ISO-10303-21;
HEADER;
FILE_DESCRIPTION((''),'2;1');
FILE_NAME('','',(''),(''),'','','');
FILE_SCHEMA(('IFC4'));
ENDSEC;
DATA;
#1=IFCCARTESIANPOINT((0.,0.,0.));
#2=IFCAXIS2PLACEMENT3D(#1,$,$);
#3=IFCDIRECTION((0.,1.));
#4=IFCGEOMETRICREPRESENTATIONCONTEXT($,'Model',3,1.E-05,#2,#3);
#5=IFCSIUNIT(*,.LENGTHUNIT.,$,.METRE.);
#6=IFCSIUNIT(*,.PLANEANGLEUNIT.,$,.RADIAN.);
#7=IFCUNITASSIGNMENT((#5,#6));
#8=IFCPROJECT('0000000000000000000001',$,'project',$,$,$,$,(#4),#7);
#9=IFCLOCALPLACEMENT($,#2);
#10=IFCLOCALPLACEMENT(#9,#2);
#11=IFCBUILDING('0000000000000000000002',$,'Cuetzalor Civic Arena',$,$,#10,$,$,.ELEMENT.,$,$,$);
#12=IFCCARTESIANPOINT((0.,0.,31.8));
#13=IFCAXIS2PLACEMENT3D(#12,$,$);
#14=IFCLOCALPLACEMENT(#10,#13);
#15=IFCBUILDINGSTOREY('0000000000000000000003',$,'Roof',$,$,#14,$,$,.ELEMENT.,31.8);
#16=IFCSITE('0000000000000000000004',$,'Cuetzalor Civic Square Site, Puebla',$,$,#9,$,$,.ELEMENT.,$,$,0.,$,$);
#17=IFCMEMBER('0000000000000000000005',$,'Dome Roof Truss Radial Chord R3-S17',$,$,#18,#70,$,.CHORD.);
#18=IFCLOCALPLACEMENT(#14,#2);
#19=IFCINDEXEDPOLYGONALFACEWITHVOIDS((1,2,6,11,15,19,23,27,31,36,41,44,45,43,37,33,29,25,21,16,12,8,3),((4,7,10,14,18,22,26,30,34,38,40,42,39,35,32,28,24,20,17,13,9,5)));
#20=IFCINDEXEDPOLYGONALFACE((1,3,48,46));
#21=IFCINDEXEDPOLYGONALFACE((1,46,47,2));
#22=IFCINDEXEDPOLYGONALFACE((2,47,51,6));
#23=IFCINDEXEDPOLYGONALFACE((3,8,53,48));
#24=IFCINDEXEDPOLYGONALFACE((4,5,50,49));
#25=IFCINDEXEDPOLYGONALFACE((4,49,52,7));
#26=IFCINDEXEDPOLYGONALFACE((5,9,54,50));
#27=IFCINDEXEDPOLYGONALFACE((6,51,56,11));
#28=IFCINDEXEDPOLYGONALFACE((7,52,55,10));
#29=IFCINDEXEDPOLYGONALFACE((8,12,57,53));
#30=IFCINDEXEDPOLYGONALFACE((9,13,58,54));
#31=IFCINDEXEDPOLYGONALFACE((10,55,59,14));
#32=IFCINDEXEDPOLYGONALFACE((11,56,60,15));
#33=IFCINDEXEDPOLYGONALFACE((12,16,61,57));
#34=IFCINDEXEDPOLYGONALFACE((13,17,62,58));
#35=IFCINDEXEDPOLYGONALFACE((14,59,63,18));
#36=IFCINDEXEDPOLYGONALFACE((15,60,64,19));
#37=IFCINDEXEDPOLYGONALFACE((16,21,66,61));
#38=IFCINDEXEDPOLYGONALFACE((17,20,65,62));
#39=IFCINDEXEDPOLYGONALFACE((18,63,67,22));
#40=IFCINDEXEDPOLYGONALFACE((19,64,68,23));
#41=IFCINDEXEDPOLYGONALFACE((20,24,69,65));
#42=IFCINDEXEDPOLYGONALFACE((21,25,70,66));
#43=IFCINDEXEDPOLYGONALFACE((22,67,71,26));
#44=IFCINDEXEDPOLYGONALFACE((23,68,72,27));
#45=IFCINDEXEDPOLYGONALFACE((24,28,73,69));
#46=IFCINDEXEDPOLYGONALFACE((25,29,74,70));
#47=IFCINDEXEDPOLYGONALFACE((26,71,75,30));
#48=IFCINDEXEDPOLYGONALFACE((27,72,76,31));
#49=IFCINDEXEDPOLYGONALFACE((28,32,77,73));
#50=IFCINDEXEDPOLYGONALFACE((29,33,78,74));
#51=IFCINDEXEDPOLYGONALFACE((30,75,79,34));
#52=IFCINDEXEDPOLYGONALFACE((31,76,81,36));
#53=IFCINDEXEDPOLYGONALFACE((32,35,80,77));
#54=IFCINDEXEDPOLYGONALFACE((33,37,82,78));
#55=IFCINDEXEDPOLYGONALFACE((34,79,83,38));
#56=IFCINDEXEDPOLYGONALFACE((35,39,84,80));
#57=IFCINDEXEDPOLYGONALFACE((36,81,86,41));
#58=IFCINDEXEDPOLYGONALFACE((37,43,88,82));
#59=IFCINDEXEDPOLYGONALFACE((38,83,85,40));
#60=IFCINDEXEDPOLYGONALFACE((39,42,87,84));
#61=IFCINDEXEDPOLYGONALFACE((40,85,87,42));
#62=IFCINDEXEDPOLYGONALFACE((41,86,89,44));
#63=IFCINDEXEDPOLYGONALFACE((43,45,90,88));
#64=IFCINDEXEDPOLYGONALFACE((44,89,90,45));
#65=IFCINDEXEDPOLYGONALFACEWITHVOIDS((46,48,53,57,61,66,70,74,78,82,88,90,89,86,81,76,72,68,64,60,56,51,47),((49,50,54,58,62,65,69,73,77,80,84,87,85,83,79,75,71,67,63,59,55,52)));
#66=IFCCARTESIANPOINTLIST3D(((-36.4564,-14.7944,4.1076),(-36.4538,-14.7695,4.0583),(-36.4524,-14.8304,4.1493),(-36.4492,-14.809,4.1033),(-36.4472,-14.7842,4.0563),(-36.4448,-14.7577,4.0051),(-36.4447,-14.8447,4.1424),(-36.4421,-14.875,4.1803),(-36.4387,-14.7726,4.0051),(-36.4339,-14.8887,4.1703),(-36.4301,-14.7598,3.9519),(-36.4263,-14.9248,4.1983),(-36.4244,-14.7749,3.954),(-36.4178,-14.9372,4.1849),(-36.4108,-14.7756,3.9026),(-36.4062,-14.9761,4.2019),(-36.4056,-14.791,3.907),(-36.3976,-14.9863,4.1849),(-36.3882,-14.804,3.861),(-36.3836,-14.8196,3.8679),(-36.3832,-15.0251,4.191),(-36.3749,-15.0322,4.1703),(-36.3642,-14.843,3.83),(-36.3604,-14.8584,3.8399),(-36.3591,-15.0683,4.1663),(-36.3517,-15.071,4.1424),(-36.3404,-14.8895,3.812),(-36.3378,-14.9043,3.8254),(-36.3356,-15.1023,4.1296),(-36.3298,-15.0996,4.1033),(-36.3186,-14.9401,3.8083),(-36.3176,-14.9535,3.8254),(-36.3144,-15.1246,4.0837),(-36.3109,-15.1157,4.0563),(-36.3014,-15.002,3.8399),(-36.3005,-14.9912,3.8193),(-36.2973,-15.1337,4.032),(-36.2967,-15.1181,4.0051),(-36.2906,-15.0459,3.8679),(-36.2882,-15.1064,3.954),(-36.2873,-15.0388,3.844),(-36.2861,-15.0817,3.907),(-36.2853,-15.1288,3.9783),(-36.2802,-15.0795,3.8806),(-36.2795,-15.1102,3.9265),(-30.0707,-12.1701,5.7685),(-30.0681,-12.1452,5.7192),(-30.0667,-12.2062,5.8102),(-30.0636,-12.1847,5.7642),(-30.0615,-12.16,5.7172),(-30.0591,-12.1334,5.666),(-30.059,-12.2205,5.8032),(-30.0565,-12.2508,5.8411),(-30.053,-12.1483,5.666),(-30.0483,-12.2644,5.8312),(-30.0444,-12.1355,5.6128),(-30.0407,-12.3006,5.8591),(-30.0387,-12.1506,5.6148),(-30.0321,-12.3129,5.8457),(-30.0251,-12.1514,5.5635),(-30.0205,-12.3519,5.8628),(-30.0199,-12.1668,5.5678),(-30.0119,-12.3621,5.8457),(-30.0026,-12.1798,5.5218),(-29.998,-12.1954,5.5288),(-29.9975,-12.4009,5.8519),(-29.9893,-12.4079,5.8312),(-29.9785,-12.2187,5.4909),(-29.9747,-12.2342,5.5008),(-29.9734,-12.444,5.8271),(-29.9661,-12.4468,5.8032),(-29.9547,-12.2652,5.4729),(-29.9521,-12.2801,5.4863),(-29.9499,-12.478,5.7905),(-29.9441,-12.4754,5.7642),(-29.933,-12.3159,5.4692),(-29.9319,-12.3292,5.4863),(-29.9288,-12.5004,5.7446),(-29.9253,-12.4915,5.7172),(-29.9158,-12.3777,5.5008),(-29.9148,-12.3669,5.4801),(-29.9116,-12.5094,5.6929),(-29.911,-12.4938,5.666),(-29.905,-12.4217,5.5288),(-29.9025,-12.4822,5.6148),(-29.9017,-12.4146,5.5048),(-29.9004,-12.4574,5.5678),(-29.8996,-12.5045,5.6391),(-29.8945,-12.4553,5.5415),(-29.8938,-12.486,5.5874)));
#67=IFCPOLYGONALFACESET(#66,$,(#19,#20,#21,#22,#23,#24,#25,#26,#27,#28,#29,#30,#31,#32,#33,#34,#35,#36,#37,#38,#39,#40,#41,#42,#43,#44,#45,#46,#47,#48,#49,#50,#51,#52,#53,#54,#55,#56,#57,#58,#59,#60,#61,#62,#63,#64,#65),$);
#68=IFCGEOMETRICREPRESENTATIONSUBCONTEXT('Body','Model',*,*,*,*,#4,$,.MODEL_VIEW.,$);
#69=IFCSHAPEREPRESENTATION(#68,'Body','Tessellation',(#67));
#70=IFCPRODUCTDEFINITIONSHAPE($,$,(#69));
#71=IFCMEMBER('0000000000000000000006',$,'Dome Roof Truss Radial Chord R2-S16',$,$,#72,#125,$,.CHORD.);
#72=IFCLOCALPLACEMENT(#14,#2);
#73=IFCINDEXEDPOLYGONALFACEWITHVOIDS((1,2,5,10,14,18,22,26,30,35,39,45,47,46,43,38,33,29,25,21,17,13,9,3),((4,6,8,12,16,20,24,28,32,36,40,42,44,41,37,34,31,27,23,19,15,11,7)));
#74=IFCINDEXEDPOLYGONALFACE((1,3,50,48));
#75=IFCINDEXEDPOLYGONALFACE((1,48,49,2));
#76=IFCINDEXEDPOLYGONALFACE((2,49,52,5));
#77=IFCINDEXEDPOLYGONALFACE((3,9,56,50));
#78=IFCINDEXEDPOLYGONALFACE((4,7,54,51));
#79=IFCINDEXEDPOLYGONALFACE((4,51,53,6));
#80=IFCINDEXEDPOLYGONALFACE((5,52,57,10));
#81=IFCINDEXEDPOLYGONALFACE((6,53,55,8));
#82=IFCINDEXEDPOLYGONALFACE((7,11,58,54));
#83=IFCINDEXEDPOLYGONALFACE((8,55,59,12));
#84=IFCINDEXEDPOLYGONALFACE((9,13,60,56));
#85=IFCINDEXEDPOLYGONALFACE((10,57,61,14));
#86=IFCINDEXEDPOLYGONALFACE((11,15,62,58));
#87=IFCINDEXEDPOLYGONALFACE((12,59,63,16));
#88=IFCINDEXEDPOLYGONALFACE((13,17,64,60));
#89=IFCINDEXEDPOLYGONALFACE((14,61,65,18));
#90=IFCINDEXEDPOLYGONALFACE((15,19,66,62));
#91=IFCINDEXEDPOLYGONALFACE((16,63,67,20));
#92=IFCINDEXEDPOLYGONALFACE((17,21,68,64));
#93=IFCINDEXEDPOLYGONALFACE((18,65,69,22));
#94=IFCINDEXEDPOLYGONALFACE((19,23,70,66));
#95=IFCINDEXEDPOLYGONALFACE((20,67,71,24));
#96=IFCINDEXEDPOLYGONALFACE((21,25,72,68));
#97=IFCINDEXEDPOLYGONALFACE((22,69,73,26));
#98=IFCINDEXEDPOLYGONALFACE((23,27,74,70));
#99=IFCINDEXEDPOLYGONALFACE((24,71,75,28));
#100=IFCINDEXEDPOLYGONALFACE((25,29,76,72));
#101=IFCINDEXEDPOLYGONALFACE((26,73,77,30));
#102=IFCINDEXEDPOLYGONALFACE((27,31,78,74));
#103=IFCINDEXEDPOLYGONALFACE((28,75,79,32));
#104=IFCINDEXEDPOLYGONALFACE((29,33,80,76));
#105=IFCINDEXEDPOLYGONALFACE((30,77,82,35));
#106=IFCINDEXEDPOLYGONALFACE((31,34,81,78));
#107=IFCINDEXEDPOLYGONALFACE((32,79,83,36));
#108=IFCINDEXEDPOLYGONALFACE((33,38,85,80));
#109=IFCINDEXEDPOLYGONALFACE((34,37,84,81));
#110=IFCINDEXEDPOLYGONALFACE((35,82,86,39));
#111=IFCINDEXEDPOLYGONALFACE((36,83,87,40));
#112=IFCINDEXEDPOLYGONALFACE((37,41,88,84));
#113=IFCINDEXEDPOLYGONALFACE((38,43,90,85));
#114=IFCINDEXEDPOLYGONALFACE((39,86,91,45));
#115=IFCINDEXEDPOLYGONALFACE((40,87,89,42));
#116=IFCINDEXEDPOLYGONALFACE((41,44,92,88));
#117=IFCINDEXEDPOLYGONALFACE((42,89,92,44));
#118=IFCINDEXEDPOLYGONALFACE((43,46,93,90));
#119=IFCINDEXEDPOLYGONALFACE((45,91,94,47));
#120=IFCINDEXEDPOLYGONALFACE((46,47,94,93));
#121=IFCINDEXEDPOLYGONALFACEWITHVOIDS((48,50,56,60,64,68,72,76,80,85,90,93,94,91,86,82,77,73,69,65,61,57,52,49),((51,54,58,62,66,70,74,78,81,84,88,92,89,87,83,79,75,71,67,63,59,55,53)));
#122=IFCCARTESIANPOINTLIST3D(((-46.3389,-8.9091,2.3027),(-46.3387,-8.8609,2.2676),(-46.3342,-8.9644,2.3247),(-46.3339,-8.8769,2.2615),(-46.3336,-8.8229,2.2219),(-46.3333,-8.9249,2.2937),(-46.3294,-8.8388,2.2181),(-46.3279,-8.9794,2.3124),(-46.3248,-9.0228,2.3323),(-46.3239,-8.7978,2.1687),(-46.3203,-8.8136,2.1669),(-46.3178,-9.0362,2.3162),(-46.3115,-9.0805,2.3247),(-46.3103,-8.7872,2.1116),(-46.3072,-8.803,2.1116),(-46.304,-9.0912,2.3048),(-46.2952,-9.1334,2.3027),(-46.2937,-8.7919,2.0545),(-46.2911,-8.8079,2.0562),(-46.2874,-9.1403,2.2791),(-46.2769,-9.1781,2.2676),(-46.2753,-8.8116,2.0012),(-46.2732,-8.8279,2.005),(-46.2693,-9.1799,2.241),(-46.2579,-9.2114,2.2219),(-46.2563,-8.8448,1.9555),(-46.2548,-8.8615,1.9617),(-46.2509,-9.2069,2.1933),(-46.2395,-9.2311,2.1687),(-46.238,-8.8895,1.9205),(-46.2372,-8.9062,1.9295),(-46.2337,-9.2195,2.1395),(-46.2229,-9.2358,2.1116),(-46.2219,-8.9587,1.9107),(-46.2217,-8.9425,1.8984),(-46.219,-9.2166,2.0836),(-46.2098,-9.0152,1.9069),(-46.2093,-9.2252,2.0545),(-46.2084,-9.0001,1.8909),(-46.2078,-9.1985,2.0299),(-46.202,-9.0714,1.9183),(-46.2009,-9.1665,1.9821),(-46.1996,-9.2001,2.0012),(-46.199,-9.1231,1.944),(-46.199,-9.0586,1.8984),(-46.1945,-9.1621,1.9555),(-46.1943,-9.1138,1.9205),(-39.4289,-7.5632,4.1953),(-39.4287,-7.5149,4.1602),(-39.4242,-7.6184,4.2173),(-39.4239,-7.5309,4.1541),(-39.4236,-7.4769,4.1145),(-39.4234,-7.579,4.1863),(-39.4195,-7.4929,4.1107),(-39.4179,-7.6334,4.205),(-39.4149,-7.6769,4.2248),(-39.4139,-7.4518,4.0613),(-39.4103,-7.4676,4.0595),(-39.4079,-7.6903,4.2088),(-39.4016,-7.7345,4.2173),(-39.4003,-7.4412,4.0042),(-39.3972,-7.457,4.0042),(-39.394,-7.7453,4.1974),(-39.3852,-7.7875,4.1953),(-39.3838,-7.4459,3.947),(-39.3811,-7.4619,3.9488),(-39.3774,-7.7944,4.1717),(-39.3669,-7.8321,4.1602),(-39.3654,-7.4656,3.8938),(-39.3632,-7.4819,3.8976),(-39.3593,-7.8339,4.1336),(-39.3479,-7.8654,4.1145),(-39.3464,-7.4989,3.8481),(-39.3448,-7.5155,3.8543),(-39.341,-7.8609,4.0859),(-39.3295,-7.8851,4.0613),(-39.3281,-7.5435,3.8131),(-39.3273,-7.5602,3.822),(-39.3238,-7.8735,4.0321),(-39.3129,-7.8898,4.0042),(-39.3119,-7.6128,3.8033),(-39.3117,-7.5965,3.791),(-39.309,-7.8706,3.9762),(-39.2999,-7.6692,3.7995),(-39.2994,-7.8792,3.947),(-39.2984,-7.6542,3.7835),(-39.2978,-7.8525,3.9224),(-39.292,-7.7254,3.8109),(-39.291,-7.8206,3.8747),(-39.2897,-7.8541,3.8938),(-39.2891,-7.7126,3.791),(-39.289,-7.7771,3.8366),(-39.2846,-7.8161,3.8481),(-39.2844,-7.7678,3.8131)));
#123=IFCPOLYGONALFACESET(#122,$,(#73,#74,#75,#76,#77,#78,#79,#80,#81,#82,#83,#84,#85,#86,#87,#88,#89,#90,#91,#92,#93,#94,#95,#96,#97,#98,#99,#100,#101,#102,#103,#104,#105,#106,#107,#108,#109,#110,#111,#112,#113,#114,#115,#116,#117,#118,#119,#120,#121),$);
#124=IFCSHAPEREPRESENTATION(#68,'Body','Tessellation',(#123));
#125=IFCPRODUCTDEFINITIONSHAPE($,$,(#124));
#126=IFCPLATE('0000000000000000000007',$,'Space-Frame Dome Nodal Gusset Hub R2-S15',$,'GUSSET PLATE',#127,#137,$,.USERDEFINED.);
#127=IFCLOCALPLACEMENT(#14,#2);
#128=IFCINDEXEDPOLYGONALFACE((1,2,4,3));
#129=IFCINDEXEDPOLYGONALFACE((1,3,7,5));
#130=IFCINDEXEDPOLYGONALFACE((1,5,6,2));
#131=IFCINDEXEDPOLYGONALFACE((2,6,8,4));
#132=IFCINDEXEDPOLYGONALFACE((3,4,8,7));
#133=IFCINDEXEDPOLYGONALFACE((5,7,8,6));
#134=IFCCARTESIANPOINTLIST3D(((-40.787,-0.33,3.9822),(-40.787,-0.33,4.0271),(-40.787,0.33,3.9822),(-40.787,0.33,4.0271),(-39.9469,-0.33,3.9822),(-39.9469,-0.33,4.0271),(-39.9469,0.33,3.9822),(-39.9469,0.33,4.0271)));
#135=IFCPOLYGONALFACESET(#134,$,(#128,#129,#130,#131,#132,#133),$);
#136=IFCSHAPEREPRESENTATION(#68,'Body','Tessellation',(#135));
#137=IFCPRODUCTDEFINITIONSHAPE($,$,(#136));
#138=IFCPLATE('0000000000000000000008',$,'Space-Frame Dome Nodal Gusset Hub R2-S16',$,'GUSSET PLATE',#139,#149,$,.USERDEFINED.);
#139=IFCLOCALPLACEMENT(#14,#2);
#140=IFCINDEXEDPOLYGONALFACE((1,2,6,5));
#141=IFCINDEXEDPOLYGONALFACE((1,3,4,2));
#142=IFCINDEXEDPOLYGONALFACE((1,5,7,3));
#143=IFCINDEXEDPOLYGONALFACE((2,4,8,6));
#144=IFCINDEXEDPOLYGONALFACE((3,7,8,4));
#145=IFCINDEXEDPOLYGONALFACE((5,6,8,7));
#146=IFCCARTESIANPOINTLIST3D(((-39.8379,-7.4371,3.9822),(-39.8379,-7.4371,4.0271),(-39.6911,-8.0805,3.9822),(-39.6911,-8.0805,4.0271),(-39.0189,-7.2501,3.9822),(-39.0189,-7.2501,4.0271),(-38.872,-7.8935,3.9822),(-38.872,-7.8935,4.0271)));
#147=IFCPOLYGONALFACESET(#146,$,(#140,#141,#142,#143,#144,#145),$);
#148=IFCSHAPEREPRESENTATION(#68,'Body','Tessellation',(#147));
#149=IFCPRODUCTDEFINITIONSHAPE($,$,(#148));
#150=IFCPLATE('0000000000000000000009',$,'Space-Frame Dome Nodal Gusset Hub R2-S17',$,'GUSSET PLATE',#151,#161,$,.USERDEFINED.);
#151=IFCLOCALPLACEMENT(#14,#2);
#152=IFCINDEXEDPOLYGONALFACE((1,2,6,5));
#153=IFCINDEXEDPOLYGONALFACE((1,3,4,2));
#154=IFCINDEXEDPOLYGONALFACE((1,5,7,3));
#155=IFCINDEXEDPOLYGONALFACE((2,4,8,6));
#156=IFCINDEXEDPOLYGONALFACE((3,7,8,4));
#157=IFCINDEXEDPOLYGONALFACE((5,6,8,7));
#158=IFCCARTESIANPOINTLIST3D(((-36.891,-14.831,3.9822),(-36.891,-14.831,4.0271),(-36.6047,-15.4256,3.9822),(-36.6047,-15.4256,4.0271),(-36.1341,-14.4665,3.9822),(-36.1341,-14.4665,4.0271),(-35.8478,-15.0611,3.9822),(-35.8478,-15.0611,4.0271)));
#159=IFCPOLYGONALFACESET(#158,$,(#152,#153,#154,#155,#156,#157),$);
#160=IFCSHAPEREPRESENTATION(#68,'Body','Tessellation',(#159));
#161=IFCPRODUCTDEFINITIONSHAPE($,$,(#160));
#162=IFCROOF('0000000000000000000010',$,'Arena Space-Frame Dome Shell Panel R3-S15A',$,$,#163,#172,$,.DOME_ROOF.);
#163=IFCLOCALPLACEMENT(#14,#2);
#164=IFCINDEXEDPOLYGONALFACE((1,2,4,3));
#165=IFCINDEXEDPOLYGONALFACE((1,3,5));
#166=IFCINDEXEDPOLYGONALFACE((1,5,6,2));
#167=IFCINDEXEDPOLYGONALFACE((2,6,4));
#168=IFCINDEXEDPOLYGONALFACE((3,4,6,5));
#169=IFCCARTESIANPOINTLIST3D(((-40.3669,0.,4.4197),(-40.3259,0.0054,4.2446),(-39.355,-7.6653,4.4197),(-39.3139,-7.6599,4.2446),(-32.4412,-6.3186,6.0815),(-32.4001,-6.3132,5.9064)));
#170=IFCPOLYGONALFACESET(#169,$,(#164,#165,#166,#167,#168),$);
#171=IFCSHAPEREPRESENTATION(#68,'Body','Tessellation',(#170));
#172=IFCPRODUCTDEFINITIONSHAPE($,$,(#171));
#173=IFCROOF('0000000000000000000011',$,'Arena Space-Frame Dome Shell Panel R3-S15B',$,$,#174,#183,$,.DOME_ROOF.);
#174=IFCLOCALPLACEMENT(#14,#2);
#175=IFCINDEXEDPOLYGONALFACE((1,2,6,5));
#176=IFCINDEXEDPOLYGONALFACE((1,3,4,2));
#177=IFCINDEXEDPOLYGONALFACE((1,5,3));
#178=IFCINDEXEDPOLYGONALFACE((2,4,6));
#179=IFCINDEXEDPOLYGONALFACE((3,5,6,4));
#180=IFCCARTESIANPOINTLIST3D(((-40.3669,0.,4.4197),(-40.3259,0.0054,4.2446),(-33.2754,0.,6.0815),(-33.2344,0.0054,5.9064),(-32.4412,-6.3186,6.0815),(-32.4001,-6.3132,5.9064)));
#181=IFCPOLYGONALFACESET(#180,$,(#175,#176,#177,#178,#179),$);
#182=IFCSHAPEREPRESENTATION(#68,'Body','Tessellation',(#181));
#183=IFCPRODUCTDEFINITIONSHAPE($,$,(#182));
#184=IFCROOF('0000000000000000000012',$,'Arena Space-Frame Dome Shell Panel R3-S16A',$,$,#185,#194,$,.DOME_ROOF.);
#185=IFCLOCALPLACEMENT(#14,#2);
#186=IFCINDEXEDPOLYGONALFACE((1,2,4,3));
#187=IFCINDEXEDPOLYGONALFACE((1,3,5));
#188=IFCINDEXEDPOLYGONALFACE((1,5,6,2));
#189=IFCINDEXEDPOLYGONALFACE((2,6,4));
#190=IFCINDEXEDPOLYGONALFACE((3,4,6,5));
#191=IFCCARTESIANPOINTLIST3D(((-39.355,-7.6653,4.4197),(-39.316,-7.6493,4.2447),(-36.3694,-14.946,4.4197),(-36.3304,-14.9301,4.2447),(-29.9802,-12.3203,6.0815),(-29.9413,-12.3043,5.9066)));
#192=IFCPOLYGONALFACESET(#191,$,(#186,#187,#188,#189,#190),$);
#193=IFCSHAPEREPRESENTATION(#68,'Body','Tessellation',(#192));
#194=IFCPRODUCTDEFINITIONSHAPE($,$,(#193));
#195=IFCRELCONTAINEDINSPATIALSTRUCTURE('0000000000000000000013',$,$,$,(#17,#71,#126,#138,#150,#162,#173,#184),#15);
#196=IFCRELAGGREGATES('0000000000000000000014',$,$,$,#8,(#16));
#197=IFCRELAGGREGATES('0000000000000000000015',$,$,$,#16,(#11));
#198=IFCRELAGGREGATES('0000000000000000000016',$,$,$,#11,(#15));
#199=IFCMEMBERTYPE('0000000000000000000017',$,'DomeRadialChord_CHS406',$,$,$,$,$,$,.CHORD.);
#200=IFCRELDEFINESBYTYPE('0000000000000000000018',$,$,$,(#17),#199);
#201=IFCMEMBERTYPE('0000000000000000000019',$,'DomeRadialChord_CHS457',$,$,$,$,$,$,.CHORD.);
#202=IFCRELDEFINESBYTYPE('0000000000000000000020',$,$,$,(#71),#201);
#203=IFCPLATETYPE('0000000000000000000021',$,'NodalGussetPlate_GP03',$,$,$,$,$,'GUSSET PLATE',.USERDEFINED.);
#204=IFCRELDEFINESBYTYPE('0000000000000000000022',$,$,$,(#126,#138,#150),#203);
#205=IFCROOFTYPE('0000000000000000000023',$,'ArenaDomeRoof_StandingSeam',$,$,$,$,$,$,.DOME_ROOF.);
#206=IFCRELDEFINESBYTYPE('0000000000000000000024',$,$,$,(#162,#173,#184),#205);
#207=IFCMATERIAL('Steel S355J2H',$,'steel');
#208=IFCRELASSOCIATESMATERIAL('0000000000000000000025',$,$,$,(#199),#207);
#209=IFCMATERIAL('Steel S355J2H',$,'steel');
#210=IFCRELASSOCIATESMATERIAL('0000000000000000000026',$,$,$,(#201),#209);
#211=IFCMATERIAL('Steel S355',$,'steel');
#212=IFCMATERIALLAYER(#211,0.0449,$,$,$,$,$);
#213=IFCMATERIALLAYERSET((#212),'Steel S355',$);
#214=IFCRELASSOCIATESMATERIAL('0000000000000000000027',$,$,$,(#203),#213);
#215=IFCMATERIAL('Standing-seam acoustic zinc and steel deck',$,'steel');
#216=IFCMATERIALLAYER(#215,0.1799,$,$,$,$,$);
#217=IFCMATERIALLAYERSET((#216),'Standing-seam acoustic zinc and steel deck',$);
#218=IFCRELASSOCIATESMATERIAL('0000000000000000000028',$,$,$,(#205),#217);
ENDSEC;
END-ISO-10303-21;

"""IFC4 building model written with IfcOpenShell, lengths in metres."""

from ifc_helpers import new_model, si_unit, direction, frame, origin, origin_2d, place, context, subcontext, project, spatial, polyline, rectangle, hollow_circle, outline, extrude, material, layer, layer_set, material_profile, profile_set, type_object, element, save


model = new_model("IFC4")

# Units and contexts
model_context = context("Model", 3, precision=1e-05, world=origin(), true_north=direction((0.0, 1.0)))
body_context = subcontext(model_context, "Body", "Model", "MODEL_VIEW")
ifc_project = project(units=[si_unit("LENGTHUNIT", "METRE"), si_unit("PLANEANGLEUNIT", "RADIAN")], contexts=[model_context])

# Site, building, storey
site_placement = place(None, origin())
site = spatial("IfcSite", under=ifc_project, at=site_placement, Name="Cuetzalor Civic Square Site, Puebla", CompositionType="ELEMENT", RefElevation=0.0)
building_placement = place(site_placement, origin())
building = spatial("IfcBuilding", under=site, at=building_placement, Name="Cuetzalor Civic Arena", CompositionType="ELEMENT")
storey_placement = place(building_placement, frame((0.0, 0.0, 31.8)))
storey = spatial("IfcBuildingStorey", under=building, at=storey_placement, Name="Roof", CompositionType="ELEMENT", Elevation=31.8)

# Members
ifc_material_1 = material(Name="Steel S355J2H", Category="steel")
ifc_material_profile_1 = material_profile(ifc_material_1, hollow_circle(Radius=0.2029, WallThickness=0.0161, at=origin_2d()), Name="CHS 406x16")
ifc_profile_set_1 = profile_set([ifc_material_profile_1], Name="Steel S355J2H")
member_type_1 = type_object("IfcMemberType", Name="DomeRadialChord_CHS406", PredefinedType="CHORD", material=ifc_profile_set_1)
member_1_placement = place(storey_placement, frame((-36.3677, -14.9453, 4.0051), z_axis=(0.899284, 0.369567, 0.233898), x_axis=(-0.380111, 0.924941, 0.0)))
element("IfcMember", 1, at=member_1_placement, inside=storey, type_object=member_type_1, Name="Dome Roof Truss Radial Chord R3-S17", PredefinedType="CHORD", context=body_context, shape_type="SweptSolid", body=[
    extrude(hollow_circle(Radius=0.2029, WallThickness=0.0161, at=origin_2d()), origin(), (0.0, 0.0, 1.0), 7.1008),
])
ifc_material_2 = material(Name="Steel S355J2H", Category="steel")
ifc_material_profile_2 = material_profile(ifc_material_2, hollow_circle(Radius=0.2285, WallThickness=0.0161, at=origin_2d()), Name="CHS 457x16")
ifc_profile_set_2 = profile_set([ifc_material_profile_2], Name="Steel S355J2H")
member_type_2 = type_object("IfcMemberType", Name="DomeRadialChord_CHS457", PredefinedType="CHORD", material=ifc_profile_set_2)
member_2_placement = place(storey_placement, frame((-46.2666, -9.0115, 2.1116), z_axis=(0.947896, 0.184636, 0.259622), x_axis=(-0.191192, 0.981553, 0.0)))
element("IfcMember", 2, at=member_2_placement, inside=storey, type_object=member_type_2, Name="Dome Roof Truss Radial Chord R2-S16", PredefinedType="CHORD", context=body_context, shape_type="SweptSolid", body=[
    extrude(hollow_circle(Radius=0.2285, WallThickness=0.0161, at=origin_2d()), origin(), (0.0, 0.0, 1.0), 7.2898),
])

# Plates
ifc_material_3 = material(Name="Steel S355", Category="steel")
ifc_layer_1 = layer(ifc_material_3, 0.0449)
ifc_layer_set_1 = layer_set([ifc_layer_1], Name="Steel S355")
plate_type = type_object("IfcPlateType", Name="NodalGussetPlate_GP03", ElementType="GUSSET PLATE", PredefinedType="USERDEFINED", material=ifc_layer_set_1)
for number, where, z_axis, x_axis, name in (
    (3, (-40.3669, 0.0, 3.9822), (0.0, 0.0, 1.0), (-1.0, 0.0, 0.0), "Space-Frame Dome Nodal Gusset Hub R2-S15"),
    (4, (-39.355, -7.6653, 3.9822), (0.0, 0.0, 1.0), (-0.974917, -0.22257, 0.0), "Space-Frame Dome Nodal Gusset Hub R2-S16"),
    (5, (-36.3694, -14.946, 3.9822), (0.0, 0.0, 1.0), (-0.901001, -0.433816, 0.0), "Space-Frame Dome Nodal Gusset Hub R2-S17"),
):
    element("IfcPlate", number, at=place(storey_placement, frame(where, z_axis=z_axis, x_axis=x_axis)), inside=storey, type_object=plate_type, Name=name, ObjectType="GUSSET PLATE", PredefinedType="USERDEFINED", context=body_context, shape_type="SweptSolid", body=[
        extrude(rectangle(XDim=0.8401, YDim=0.6599, at=origin_2d()), origin(), (0.0, 0.0, 1.0), 0.0449),
    ])

# Roofs
ifc_material_4 = material(Name="Standing-seam acoustic zinc and steel deck", Category="steel")
ifc_layer_2 = layer(ifc_material_4, 0.1799)
ifc_layer_set_2 = layer_set([ifc_layer_2], Name="Standing-seam acoustic zinc and steel deck")
roof_type = type_object("IfcRoofType", Name="ArenaDomeRoof_StandingSeam", PredefinedType="DOME_ROOF", material=ifc_layer_set_2)
roof_1_placement = place(storey_placement, frame((-40.3669, 0.0, 4.4197), z_axis=(-0.228058, -0.030108, 0.973182), x_axis=(0.130883, -0.991398, 0.0)))
element("IfcRoof", 6, at=roof_1_placement, inside=storey, type_object=roof_type, Name="Arena Space-Frame Dome Shell Panel R3-S15A", PredefinedType="DOME_ROOF", context=body_context, shape_type="SweptSolid", body=[
    extrude(outline(polyline([(0.0, 0.0), (7.7318, 0.0), (7.3016, 7.2243), (0.0, 0.0)])), origin(), (0.0, 0.0, -1.0), 0.1799),
])
roof_2_placement = place(storey_placement, frame((-40.3669, 0.0, 4.4197), z_axis=(-0.22806, -0.03011, 0.973181), x_axis=(0.771625, -0.615156, 0.161793)))
element("IfcRoof", 7, at=roof_2_placement, inside=storey, type_object=roof_type, Name="Arena Space-Frame Dome Shell Panel R3-S15B", PredefinedType="DOME_ROOF", context=body_context, shape_type="SweptSolid", body=[
    extrude(outline(polyline([(0.0, 0.0), (10.2715, 0.0), (5.7409, 4.4826), (0.0, 0.0)])), origin(), (0.0, 0.0, -1.0), 0.1799),
])
roof_3_placement = place(storey_placement, frame((-39.355, -7.6653, 4.4197), z_axis=(-0.216419, -0.088746, 0.972259), x_axis=(0.379406, -0.92523, 0.0)))
element("IfcRoof", 8, at=roof_3_placement, inside=storey, type_object=roof_type, Name="Arena Space-Frame Dome Shell Panel R3-S16A", PredefinedType="DOME_ROOF", context=body_context, shape_type="SweptSolid", body=[
    extrude(outline(polyline([(0.0, 0.0), (7.8691, 0.0), (7.8638, 7.1048), (0.0, 0.0)])), origin(), (0.0, 0.0, -1.0), 0.1799),
])

save(model, "model.ifc")
